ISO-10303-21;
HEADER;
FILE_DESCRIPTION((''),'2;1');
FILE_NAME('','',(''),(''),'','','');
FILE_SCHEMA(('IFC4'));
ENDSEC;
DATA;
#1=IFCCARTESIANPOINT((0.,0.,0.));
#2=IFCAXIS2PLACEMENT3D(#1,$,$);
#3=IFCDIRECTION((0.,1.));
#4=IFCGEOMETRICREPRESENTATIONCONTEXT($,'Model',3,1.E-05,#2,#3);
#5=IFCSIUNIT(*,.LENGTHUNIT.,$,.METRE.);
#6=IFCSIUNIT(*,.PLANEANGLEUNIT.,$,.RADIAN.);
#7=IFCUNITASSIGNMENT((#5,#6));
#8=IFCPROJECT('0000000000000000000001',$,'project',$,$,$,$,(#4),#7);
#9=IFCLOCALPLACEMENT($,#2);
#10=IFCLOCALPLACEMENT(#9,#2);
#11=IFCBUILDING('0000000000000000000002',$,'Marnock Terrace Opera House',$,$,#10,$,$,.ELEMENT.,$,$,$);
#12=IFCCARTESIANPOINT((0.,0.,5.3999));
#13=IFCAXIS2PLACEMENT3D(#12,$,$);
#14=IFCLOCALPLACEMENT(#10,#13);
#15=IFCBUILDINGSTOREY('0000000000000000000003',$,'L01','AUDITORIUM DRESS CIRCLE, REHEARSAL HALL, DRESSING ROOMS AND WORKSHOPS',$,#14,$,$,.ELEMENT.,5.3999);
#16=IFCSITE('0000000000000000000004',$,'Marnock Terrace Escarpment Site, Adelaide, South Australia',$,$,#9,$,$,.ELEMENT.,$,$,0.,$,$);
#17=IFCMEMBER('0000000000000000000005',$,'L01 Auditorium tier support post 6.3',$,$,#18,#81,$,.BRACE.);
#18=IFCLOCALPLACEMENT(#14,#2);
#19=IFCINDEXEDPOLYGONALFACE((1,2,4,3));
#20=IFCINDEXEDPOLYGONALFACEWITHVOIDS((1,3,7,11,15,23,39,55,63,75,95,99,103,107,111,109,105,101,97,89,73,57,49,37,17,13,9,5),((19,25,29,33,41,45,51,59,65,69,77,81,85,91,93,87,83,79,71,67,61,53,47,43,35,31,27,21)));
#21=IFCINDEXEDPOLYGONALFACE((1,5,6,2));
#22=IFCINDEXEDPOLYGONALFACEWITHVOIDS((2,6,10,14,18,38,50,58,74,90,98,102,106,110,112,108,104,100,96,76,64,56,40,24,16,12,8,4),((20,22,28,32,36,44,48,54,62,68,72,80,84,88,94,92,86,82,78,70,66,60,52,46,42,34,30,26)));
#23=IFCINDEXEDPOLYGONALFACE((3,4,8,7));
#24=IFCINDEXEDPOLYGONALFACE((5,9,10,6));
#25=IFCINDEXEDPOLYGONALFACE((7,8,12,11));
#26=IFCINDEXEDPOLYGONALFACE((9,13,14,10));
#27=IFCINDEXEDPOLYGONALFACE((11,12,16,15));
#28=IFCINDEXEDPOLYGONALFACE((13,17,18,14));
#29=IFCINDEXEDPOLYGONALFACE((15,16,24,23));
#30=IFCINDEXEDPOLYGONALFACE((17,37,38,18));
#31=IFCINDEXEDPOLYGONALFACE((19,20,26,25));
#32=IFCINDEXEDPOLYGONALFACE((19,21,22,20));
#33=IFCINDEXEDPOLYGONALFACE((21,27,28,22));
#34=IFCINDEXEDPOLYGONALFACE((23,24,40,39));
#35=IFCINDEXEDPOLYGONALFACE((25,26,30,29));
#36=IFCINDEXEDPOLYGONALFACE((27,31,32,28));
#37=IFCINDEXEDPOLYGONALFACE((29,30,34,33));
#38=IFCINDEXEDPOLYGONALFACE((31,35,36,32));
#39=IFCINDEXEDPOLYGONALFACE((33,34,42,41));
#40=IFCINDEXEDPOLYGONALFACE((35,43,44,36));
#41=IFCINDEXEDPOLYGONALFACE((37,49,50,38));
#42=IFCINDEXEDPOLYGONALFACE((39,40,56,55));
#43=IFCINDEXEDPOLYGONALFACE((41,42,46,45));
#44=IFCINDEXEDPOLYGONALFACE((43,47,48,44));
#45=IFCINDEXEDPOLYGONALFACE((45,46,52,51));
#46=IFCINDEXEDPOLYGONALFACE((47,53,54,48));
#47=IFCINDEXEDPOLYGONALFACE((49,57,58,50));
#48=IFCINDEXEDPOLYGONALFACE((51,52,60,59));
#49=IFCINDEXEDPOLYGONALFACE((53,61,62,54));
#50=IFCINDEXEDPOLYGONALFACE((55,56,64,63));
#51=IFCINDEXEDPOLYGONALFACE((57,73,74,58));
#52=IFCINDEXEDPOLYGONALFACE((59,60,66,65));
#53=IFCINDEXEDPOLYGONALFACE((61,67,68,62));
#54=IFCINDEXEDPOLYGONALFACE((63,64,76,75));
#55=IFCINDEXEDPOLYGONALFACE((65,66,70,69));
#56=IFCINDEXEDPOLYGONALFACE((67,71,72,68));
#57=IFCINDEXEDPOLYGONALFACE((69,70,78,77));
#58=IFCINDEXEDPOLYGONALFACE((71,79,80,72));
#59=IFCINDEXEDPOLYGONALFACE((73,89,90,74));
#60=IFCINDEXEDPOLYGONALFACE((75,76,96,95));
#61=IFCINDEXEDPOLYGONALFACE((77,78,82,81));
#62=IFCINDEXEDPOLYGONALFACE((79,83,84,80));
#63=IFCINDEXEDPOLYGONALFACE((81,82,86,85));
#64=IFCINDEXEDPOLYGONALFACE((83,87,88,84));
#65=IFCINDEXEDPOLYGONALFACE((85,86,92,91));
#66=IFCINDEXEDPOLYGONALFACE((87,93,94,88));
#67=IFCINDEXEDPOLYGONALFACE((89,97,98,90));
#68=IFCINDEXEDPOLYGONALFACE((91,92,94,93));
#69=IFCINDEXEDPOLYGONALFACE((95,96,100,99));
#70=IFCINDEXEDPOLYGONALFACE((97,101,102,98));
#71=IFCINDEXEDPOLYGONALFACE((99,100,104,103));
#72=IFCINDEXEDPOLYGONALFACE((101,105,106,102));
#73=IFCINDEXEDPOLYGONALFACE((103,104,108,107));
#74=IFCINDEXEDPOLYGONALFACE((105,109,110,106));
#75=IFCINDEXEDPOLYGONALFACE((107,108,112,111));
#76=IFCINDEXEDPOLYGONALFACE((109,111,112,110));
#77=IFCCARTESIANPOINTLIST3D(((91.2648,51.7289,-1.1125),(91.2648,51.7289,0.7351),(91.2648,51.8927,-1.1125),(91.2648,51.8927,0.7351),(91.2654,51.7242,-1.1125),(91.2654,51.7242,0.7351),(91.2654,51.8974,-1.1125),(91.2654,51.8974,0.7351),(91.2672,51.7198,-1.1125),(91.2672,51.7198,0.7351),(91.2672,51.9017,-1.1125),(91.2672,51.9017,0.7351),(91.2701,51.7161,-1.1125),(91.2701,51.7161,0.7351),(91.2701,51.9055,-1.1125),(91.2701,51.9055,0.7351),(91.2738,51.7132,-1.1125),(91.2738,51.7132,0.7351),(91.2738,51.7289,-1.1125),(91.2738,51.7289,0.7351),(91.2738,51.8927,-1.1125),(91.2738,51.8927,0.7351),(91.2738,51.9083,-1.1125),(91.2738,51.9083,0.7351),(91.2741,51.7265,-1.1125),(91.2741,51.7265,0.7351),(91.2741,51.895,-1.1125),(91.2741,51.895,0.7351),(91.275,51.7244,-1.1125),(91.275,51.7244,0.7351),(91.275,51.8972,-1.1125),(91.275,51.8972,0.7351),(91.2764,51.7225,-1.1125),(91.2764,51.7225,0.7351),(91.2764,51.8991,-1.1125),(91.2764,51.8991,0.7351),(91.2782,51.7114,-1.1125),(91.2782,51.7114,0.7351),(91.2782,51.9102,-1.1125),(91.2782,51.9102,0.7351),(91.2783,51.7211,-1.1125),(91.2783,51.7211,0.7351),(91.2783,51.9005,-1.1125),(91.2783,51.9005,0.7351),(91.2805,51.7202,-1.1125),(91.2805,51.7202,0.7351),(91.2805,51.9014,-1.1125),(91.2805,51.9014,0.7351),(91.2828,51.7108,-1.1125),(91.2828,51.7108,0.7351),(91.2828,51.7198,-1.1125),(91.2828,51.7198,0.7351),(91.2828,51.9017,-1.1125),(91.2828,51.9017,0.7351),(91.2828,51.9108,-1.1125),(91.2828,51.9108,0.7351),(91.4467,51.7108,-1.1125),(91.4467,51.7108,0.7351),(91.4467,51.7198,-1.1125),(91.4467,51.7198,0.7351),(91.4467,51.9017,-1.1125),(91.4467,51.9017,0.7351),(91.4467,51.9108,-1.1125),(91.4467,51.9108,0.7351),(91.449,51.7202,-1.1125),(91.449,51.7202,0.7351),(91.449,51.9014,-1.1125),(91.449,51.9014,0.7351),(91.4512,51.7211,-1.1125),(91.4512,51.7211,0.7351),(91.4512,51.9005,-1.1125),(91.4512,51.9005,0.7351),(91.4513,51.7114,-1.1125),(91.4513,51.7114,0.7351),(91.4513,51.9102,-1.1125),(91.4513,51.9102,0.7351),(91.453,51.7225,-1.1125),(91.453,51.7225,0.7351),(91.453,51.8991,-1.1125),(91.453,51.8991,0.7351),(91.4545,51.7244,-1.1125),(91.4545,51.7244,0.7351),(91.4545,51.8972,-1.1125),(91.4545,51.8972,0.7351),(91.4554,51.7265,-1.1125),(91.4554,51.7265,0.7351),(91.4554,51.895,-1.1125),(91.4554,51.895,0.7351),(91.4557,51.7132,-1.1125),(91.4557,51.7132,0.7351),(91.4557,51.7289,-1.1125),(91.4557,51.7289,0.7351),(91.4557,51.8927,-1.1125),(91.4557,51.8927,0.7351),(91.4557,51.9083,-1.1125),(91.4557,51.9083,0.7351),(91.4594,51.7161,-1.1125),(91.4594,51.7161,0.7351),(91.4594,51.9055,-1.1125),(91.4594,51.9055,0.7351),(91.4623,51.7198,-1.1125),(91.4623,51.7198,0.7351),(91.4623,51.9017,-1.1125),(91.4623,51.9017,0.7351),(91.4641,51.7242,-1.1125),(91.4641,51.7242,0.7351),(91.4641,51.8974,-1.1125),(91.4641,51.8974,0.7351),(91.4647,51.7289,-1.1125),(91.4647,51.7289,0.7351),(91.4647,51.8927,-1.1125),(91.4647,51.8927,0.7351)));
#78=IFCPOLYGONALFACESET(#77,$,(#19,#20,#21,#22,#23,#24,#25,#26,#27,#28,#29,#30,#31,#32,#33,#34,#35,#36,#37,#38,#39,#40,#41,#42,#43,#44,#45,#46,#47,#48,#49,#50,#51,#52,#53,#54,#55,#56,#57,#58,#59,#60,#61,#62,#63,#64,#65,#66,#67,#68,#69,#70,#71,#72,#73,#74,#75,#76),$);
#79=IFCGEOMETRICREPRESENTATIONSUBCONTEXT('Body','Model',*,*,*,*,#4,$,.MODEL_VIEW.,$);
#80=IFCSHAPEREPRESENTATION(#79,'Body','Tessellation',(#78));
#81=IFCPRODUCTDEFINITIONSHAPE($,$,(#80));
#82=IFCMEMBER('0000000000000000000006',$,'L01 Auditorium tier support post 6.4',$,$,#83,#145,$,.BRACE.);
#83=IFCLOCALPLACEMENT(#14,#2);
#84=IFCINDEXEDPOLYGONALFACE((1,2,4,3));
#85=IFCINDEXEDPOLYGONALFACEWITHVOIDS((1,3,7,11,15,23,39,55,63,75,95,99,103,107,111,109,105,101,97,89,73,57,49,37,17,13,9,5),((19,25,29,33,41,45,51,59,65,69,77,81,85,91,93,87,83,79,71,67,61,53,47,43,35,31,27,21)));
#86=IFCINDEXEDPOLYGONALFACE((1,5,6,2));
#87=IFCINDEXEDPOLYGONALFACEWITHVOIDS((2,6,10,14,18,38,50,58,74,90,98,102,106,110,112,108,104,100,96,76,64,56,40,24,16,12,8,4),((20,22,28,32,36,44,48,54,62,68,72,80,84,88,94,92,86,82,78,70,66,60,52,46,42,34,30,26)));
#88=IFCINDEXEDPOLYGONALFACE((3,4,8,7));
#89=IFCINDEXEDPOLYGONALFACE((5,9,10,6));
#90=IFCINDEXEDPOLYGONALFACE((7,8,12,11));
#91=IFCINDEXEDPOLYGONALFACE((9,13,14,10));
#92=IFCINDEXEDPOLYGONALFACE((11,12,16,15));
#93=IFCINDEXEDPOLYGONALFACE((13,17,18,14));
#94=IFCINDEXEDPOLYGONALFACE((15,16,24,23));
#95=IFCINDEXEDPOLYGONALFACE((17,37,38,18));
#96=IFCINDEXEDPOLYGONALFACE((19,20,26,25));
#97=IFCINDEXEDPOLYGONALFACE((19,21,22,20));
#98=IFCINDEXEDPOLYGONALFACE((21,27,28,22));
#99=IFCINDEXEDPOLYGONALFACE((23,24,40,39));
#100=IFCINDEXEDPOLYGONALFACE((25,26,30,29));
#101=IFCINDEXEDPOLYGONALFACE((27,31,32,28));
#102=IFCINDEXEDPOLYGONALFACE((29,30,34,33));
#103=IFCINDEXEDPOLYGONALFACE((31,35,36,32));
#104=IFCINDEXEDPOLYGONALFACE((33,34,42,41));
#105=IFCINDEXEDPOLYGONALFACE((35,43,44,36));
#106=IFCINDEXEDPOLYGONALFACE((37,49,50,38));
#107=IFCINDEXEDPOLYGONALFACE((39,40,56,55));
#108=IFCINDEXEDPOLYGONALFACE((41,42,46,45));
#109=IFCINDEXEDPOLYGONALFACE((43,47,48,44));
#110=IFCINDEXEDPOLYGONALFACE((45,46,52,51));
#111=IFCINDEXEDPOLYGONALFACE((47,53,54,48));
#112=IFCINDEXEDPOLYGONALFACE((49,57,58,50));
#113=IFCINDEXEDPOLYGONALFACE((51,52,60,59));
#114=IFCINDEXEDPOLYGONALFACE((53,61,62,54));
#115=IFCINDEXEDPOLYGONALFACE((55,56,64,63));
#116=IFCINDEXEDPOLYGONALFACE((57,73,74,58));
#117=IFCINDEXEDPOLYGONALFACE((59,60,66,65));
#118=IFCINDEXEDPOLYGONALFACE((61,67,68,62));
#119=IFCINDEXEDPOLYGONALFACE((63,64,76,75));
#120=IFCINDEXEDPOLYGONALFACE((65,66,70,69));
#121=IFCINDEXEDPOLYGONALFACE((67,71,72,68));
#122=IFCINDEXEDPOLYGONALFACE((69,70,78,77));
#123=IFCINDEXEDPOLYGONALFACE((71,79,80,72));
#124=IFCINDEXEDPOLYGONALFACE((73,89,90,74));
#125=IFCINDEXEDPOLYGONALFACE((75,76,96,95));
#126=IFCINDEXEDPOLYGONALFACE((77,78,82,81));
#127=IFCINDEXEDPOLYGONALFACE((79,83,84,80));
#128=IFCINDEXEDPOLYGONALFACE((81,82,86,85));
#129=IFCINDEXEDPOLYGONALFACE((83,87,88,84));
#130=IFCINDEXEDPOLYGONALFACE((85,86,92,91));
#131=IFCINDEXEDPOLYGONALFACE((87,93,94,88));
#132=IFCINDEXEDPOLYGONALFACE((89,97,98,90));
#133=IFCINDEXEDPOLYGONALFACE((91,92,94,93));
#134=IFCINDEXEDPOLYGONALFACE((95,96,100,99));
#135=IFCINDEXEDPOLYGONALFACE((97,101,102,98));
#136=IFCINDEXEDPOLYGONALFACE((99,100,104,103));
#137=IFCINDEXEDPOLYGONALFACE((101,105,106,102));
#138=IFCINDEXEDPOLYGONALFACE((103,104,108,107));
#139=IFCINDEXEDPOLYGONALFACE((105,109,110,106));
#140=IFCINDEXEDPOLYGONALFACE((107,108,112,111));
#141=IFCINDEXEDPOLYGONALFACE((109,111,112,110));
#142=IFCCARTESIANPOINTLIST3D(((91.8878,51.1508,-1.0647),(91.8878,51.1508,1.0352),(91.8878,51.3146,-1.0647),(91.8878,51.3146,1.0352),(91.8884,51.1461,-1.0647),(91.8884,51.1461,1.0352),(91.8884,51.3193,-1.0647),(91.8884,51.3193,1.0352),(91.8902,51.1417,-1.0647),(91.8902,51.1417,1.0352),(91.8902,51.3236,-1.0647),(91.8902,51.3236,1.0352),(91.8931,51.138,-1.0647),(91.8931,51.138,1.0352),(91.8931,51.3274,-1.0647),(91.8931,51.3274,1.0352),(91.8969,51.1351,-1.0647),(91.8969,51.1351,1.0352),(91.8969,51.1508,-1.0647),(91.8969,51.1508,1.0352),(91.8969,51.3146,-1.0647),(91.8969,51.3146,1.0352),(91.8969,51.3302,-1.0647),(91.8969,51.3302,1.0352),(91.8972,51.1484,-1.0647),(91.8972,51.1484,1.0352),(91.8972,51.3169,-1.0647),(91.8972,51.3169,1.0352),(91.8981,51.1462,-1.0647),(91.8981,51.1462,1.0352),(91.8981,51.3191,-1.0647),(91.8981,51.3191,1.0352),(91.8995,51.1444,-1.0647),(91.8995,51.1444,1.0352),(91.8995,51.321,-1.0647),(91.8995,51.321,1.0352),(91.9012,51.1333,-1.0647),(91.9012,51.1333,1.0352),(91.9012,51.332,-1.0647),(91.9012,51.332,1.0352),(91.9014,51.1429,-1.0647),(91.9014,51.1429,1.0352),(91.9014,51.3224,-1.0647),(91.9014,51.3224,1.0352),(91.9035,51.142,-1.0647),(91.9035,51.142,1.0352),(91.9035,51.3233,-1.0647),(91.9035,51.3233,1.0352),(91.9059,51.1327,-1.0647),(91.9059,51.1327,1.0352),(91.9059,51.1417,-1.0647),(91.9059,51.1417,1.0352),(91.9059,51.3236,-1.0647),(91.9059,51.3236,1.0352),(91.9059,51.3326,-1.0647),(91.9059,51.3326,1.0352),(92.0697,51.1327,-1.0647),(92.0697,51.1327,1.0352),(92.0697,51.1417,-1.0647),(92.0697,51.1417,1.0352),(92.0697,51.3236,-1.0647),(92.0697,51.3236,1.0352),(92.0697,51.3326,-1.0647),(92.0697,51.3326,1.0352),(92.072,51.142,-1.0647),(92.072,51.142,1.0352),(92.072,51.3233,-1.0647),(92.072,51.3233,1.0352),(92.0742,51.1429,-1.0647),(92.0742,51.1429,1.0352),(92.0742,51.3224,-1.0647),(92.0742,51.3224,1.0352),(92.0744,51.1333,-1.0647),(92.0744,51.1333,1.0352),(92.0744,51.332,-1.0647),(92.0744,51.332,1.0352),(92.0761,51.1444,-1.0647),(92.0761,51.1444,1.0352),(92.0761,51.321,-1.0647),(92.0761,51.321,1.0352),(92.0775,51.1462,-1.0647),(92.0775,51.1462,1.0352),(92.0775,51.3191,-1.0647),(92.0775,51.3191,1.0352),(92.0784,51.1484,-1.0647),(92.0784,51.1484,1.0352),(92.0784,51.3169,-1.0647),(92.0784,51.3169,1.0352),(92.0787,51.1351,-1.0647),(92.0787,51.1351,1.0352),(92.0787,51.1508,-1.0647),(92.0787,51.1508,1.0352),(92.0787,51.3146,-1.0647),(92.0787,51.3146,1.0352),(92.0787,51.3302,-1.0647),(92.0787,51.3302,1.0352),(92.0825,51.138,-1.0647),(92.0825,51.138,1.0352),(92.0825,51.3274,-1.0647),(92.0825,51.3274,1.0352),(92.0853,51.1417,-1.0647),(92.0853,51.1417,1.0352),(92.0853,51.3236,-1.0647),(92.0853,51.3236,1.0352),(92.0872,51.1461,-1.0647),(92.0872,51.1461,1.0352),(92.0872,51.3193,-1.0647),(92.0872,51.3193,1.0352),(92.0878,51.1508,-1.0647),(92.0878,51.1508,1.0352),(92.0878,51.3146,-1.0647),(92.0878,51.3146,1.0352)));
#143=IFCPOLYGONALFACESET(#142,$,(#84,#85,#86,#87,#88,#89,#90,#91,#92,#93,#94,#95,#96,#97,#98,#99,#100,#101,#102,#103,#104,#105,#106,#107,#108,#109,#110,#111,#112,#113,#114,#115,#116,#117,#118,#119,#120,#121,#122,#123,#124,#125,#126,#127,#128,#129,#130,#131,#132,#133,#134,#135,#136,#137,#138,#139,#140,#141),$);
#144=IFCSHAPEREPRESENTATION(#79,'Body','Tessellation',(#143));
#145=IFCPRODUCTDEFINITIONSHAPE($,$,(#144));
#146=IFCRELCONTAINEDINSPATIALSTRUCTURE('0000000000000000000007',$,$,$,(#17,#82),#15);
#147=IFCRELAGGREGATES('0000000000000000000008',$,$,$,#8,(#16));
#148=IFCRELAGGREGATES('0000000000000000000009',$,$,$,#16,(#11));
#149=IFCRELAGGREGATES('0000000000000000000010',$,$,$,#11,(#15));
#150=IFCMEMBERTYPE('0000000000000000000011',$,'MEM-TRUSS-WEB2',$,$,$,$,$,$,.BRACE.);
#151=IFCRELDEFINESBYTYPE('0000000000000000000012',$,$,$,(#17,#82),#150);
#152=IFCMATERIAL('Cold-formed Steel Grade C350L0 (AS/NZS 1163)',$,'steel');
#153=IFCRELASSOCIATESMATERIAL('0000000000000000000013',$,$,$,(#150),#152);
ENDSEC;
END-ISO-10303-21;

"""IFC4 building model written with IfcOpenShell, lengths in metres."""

from ifc_helpers import new_model, si_unit, direction, frame, origin, origin_2d, place, context, subcontext, project, spatial, hollow_rectangle, extrude, material, material_profile, profile_set, type_object, element, save


model = new_model("IFC4")

# Units and contexts
model_context = context("Model", 3, precision=1e-05, world=origin(), true_north=direction((0.0, 1.0)))
body_context = subcontext(model_context, "Body", "Model", "MODEL_VIEW")
ifc_project = project(units=[si_unit("LENGTHUNIT", "METRE"), si_unit("PLANEANGLEUNIT", "RADIAN")], contexts=[model_context])

# Site, building, storey
site_placement = place(None, origin())
site = spatial("IfcSite", under=ifc_project, at=site_placement, Name="Marnock Terrace Escarpment Site, Adelaide, South Australia", CompositionType="ELEMENT", RefElevation=0.0)
building_placement = place(site_placement, origin())
building = spatial("IfcBuilding", under=site, at=building_placement, Name="Marnock Terrace Opera House", CompositionType="ELEMENT")
storey_placement = place(building_placement, frame((0.0, 0.0, 5.3999)))
storey = spatial("IfcBuildingStorey", under=building, at=storey_placement, Name="L01", Description="AUDITORIUM DRESS CIRCLE, REHEARSAL HALL, DRESSING ROOMS AND WORKSHOPS", CompositionType="ELEMENT", Elevation=5.3999)

# Members
ifc_material_1 = material(Name="Cold-formed Steel Grade C350L0 (AS/NZS 1163)", Category="steel")
ifc_material_profile_1 = material_profile(ifc_material_1, hollow_rectangle(XDim=0.2, YDim=0.2, WallThickness=0.009, InnerFilletRadius=0.009, OuterFilletRadius=0.0181, at=origin_2d()))
ifc_profile_set_1 = profile_set([ifc_material_profile_1], Name="Cold-formed Steel Grade C350L0 (AS/NZS 1163)")
member_type = type_object("IfcMemberType", Name="MEM-TRUSS-WEB2", PredefinedType="BRACE", material=ifc_profile_set_1)
member_1_placement = place(storey_placement, frame((91.3647, 51.8108, -1.1125), z_axis=(0.0, 0.0, 1.0), x_axis=(1.0, 0.0, 0.0)))
element("IfcMember", 1, at=member_1_placement, inside=storey, type_object=member_type, Name="L01 Auditorium tier support post 6.3", PredefinedType="BRACE", context=body_context, shape_type="SweptSolid", body=[
    extrude(hollow_rectangle(XDim=0.2, YDim=0.2, WallThickness=0.009, InnerFilletRadius=0.009, OuterFilletRadius=0.0181, at=origin_2d()), origin(), (0.0, 0.0, 1.0), 1.8477),
])
member_2_placement = place(storey_placement, frame((91.9878, 51.2327, -1.0647), z_axis=(0.0, 0.0, 1.0), x_axis=(1.0, 0.0, 0.0)))
element("IfcMember", 2, at=member_2_placement, inside=storey, type_object=member_type, Name="L01 Auditorium tier support post 6.4", PredefinedType="BRACE", context=body_context, shape_type="SweptSolid", body=[
    extrude(hollow_rectangle(XDim=0.2, YDim=0.2, WallThickness=0.009, InnerFilletRadius=0.009, OuterFilletRadius=0.0181, at=origin_2d()), origin(), (0.0, 0.0, 1.0), 2.0999),
])

save(model, "model.ifc")
